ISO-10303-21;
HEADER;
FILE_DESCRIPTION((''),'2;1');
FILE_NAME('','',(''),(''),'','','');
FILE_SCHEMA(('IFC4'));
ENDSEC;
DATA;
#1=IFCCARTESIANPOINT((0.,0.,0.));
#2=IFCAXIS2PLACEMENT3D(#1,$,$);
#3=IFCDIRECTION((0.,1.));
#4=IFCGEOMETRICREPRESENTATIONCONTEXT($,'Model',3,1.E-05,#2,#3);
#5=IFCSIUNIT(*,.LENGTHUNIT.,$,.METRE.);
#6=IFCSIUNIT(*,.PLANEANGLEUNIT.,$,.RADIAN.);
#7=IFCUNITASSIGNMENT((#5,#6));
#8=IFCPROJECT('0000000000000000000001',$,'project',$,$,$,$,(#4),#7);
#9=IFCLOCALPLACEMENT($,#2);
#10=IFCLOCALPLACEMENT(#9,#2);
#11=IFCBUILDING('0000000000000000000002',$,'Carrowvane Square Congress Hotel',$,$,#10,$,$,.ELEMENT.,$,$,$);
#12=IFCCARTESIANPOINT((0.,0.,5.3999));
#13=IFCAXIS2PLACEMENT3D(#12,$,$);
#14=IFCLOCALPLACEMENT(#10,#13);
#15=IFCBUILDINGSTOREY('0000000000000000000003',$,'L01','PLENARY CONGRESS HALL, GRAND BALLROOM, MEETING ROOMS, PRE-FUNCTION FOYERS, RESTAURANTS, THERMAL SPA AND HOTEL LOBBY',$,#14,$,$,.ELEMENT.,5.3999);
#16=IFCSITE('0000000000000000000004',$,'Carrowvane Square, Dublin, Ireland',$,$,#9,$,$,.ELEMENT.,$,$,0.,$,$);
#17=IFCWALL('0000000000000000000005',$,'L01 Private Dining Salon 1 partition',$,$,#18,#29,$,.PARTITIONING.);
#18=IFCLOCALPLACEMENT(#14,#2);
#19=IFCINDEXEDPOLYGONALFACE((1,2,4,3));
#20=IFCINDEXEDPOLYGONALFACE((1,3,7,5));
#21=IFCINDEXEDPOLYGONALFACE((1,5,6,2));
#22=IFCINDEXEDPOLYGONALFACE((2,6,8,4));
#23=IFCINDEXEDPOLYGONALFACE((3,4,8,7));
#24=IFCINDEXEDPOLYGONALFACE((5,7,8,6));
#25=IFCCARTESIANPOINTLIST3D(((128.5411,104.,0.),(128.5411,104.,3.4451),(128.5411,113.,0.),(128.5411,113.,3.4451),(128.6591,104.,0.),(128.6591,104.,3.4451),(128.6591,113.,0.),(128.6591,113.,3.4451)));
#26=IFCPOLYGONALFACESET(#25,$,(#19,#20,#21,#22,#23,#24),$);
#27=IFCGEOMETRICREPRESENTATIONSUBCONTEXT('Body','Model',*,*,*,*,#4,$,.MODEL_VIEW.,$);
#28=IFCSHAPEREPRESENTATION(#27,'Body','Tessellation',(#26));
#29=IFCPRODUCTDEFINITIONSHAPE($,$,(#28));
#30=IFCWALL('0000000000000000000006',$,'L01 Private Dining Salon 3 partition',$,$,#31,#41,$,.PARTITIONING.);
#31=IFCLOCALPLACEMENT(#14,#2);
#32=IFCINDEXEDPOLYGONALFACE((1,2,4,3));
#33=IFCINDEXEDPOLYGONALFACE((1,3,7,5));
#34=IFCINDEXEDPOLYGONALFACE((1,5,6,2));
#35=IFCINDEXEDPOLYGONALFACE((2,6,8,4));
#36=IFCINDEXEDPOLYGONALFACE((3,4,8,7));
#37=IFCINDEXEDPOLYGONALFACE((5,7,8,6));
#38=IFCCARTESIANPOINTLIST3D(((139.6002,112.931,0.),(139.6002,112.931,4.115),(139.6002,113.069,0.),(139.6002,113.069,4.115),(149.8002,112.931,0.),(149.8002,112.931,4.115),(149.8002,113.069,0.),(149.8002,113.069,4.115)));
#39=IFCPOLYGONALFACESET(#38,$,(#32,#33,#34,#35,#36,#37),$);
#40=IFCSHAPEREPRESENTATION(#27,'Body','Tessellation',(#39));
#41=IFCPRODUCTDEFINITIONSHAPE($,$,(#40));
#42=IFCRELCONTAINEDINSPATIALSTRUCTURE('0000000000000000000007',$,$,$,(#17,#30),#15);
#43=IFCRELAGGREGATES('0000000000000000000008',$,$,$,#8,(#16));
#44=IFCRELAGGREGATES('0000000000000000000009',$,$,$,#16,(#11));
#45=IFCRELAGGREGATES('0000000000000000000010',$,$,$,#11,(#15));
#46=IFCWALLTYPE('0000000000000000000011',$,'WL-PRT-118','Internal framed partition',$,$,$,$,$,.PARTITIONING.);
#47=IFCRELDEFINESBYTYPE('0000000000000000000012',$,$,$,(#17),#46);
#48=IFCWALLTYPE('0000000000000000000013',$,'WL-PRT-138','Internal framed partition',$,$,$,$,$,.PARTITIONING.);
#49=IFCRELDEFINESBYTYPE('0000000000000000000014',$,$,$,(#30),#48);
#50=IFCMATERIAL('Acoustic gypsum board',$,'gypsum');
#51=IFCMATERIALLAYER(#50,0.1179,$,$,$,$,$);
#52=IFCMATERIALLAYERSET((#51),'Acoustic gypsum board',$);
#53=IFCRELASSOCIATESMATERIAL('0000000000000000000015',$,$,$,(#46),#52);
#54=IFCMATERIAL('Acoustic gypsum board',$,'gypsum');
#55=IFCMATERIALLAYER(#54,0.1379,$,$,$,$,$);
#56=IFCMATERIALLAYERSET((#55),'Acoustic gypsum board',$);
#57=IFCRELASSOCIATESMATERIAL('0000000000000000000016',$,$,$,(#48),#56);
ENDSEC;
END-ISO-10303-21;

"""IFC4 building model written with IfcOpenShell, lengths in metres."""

from ifc_helpers import new_model, si_unit, direction, frame, frame_2d, origin, place, context, subcontext, project, spatial, rectangle, extrude, material, layer, layer_set, type_object, element, save


model = new_model("IFC4")

# Units and contexts
model_context = context("Model", 3, precision=1e-05, world=origin(), true_north=direction((0.0, 1.0)))
body_context = subcontext(model_context, "Body", "Model", "MODEL_VIEW")
ifc_project = project(units=[si_unit("LENGTHUNIT", "METRE"), si_unit("PLANEANGLEUNIT", "RADIAN")], contexts=[model_context])

# Site, building, storey
site_placement = place(None, origin())
site = spatial("IfcSite", under=ifc_project, at=site_placement, Name="Carrowvane Square, Dublin, Ireland", CompositionType="ELEMENT", RefElevation=0.0)
building_placement = place(site_placement, origin())
building = spatial("IfcBuilding", under=site, at=building_placement, Name="Carrowvane Square Congress Hotel", CompositionType="ELEMENT")
storey_placement = place(building_placement, frame((0.0, 0.0, 5.3999)))
storey = spatial("IfcBuildingStorey", under=building, at=storey_placement, Name="L01", Description="PLENARY CONGRESS HALL, GRAND BALLROOM, MEETING ROOMS, PRE-FUNCTION FOYERS, RESTAURANTS, THERMAL SPA AND HOTEL LOBBY", CompositionType="ELEMENT", Elevation=5.3999)

# Walls
ifc_material_1 = material(Name="Acoustic gypsum board", Category="gypsum")
ifc_layer_1 = layer(ifc_material_1, 0.1179)
ifc_layer_set_1 = layer_set([ifc_layer_1], Name="Acoustic gypsum board")
wall_type_1 = type_object("IfcWallType", Name="WL-PRT-118", Description="Internal framed partition", PredefinedType="PARTITIONING", material=ifc_layer_set_1)
wall_1_placement = place(storey_placement, frame((128.6001, 113.0, 0.0), z_axis=(0.0, 0.0, 1.0), x_axis=(0.0, -1.0, 0.0)))
element("IfcWall", 1, at=wall_1_placement, inside=storey, type_object=wall_type_1, Name="L01 Private Dining Salon 1 partition", PredefinedType="PARTITIONING", context=body_context, shape_type="SweptSolid", body=[
    extrude(rectangle(XDim=9.0, YDim=0.1179, at=frame_2d((4.5, 0.0))), origin(), (0.0, 0.0, 1.0), 3.4451),
])
ifc_material_2 = material(Name="Acoustic gypsum board", Category="gypsum")
ifc_layer_2 = layer(ifc_material_2, 0.1379)
ifc_layer_set_2 = layer_set([ifc_layer_2], Name="Acoustic gypsum board")
wall_type_2 = type_object("IfcWallType", Name="WL-PRT-138", Description="Internal framed partition", PredefinedType="PARTITIONING", material=ifc_layer_set_2)
wall_2_placement = place(storey_placement, frame((139.6001, 113.0, 0.0), z_axis=(0.0, 0.0, 1.0), x_axis=(1.0, 0.0, 0.0)))
element("IfcWall", 2, at=wall_2_placement, inside=storey, type_object=wall_type_2, Name="L01 Private Dining Salon 3 partition", PredefinedType="PARTITIONING", context=body_context, shape_type="SweptSolid", body=[
    extrude(rectangle(XDim=10.2, YDim=0.1379, at=frame_2d((5.1001, 0.0))), origin(), (0.0, 0.0, 1.0), 4.115),
])

save(model, "model.ifc")
